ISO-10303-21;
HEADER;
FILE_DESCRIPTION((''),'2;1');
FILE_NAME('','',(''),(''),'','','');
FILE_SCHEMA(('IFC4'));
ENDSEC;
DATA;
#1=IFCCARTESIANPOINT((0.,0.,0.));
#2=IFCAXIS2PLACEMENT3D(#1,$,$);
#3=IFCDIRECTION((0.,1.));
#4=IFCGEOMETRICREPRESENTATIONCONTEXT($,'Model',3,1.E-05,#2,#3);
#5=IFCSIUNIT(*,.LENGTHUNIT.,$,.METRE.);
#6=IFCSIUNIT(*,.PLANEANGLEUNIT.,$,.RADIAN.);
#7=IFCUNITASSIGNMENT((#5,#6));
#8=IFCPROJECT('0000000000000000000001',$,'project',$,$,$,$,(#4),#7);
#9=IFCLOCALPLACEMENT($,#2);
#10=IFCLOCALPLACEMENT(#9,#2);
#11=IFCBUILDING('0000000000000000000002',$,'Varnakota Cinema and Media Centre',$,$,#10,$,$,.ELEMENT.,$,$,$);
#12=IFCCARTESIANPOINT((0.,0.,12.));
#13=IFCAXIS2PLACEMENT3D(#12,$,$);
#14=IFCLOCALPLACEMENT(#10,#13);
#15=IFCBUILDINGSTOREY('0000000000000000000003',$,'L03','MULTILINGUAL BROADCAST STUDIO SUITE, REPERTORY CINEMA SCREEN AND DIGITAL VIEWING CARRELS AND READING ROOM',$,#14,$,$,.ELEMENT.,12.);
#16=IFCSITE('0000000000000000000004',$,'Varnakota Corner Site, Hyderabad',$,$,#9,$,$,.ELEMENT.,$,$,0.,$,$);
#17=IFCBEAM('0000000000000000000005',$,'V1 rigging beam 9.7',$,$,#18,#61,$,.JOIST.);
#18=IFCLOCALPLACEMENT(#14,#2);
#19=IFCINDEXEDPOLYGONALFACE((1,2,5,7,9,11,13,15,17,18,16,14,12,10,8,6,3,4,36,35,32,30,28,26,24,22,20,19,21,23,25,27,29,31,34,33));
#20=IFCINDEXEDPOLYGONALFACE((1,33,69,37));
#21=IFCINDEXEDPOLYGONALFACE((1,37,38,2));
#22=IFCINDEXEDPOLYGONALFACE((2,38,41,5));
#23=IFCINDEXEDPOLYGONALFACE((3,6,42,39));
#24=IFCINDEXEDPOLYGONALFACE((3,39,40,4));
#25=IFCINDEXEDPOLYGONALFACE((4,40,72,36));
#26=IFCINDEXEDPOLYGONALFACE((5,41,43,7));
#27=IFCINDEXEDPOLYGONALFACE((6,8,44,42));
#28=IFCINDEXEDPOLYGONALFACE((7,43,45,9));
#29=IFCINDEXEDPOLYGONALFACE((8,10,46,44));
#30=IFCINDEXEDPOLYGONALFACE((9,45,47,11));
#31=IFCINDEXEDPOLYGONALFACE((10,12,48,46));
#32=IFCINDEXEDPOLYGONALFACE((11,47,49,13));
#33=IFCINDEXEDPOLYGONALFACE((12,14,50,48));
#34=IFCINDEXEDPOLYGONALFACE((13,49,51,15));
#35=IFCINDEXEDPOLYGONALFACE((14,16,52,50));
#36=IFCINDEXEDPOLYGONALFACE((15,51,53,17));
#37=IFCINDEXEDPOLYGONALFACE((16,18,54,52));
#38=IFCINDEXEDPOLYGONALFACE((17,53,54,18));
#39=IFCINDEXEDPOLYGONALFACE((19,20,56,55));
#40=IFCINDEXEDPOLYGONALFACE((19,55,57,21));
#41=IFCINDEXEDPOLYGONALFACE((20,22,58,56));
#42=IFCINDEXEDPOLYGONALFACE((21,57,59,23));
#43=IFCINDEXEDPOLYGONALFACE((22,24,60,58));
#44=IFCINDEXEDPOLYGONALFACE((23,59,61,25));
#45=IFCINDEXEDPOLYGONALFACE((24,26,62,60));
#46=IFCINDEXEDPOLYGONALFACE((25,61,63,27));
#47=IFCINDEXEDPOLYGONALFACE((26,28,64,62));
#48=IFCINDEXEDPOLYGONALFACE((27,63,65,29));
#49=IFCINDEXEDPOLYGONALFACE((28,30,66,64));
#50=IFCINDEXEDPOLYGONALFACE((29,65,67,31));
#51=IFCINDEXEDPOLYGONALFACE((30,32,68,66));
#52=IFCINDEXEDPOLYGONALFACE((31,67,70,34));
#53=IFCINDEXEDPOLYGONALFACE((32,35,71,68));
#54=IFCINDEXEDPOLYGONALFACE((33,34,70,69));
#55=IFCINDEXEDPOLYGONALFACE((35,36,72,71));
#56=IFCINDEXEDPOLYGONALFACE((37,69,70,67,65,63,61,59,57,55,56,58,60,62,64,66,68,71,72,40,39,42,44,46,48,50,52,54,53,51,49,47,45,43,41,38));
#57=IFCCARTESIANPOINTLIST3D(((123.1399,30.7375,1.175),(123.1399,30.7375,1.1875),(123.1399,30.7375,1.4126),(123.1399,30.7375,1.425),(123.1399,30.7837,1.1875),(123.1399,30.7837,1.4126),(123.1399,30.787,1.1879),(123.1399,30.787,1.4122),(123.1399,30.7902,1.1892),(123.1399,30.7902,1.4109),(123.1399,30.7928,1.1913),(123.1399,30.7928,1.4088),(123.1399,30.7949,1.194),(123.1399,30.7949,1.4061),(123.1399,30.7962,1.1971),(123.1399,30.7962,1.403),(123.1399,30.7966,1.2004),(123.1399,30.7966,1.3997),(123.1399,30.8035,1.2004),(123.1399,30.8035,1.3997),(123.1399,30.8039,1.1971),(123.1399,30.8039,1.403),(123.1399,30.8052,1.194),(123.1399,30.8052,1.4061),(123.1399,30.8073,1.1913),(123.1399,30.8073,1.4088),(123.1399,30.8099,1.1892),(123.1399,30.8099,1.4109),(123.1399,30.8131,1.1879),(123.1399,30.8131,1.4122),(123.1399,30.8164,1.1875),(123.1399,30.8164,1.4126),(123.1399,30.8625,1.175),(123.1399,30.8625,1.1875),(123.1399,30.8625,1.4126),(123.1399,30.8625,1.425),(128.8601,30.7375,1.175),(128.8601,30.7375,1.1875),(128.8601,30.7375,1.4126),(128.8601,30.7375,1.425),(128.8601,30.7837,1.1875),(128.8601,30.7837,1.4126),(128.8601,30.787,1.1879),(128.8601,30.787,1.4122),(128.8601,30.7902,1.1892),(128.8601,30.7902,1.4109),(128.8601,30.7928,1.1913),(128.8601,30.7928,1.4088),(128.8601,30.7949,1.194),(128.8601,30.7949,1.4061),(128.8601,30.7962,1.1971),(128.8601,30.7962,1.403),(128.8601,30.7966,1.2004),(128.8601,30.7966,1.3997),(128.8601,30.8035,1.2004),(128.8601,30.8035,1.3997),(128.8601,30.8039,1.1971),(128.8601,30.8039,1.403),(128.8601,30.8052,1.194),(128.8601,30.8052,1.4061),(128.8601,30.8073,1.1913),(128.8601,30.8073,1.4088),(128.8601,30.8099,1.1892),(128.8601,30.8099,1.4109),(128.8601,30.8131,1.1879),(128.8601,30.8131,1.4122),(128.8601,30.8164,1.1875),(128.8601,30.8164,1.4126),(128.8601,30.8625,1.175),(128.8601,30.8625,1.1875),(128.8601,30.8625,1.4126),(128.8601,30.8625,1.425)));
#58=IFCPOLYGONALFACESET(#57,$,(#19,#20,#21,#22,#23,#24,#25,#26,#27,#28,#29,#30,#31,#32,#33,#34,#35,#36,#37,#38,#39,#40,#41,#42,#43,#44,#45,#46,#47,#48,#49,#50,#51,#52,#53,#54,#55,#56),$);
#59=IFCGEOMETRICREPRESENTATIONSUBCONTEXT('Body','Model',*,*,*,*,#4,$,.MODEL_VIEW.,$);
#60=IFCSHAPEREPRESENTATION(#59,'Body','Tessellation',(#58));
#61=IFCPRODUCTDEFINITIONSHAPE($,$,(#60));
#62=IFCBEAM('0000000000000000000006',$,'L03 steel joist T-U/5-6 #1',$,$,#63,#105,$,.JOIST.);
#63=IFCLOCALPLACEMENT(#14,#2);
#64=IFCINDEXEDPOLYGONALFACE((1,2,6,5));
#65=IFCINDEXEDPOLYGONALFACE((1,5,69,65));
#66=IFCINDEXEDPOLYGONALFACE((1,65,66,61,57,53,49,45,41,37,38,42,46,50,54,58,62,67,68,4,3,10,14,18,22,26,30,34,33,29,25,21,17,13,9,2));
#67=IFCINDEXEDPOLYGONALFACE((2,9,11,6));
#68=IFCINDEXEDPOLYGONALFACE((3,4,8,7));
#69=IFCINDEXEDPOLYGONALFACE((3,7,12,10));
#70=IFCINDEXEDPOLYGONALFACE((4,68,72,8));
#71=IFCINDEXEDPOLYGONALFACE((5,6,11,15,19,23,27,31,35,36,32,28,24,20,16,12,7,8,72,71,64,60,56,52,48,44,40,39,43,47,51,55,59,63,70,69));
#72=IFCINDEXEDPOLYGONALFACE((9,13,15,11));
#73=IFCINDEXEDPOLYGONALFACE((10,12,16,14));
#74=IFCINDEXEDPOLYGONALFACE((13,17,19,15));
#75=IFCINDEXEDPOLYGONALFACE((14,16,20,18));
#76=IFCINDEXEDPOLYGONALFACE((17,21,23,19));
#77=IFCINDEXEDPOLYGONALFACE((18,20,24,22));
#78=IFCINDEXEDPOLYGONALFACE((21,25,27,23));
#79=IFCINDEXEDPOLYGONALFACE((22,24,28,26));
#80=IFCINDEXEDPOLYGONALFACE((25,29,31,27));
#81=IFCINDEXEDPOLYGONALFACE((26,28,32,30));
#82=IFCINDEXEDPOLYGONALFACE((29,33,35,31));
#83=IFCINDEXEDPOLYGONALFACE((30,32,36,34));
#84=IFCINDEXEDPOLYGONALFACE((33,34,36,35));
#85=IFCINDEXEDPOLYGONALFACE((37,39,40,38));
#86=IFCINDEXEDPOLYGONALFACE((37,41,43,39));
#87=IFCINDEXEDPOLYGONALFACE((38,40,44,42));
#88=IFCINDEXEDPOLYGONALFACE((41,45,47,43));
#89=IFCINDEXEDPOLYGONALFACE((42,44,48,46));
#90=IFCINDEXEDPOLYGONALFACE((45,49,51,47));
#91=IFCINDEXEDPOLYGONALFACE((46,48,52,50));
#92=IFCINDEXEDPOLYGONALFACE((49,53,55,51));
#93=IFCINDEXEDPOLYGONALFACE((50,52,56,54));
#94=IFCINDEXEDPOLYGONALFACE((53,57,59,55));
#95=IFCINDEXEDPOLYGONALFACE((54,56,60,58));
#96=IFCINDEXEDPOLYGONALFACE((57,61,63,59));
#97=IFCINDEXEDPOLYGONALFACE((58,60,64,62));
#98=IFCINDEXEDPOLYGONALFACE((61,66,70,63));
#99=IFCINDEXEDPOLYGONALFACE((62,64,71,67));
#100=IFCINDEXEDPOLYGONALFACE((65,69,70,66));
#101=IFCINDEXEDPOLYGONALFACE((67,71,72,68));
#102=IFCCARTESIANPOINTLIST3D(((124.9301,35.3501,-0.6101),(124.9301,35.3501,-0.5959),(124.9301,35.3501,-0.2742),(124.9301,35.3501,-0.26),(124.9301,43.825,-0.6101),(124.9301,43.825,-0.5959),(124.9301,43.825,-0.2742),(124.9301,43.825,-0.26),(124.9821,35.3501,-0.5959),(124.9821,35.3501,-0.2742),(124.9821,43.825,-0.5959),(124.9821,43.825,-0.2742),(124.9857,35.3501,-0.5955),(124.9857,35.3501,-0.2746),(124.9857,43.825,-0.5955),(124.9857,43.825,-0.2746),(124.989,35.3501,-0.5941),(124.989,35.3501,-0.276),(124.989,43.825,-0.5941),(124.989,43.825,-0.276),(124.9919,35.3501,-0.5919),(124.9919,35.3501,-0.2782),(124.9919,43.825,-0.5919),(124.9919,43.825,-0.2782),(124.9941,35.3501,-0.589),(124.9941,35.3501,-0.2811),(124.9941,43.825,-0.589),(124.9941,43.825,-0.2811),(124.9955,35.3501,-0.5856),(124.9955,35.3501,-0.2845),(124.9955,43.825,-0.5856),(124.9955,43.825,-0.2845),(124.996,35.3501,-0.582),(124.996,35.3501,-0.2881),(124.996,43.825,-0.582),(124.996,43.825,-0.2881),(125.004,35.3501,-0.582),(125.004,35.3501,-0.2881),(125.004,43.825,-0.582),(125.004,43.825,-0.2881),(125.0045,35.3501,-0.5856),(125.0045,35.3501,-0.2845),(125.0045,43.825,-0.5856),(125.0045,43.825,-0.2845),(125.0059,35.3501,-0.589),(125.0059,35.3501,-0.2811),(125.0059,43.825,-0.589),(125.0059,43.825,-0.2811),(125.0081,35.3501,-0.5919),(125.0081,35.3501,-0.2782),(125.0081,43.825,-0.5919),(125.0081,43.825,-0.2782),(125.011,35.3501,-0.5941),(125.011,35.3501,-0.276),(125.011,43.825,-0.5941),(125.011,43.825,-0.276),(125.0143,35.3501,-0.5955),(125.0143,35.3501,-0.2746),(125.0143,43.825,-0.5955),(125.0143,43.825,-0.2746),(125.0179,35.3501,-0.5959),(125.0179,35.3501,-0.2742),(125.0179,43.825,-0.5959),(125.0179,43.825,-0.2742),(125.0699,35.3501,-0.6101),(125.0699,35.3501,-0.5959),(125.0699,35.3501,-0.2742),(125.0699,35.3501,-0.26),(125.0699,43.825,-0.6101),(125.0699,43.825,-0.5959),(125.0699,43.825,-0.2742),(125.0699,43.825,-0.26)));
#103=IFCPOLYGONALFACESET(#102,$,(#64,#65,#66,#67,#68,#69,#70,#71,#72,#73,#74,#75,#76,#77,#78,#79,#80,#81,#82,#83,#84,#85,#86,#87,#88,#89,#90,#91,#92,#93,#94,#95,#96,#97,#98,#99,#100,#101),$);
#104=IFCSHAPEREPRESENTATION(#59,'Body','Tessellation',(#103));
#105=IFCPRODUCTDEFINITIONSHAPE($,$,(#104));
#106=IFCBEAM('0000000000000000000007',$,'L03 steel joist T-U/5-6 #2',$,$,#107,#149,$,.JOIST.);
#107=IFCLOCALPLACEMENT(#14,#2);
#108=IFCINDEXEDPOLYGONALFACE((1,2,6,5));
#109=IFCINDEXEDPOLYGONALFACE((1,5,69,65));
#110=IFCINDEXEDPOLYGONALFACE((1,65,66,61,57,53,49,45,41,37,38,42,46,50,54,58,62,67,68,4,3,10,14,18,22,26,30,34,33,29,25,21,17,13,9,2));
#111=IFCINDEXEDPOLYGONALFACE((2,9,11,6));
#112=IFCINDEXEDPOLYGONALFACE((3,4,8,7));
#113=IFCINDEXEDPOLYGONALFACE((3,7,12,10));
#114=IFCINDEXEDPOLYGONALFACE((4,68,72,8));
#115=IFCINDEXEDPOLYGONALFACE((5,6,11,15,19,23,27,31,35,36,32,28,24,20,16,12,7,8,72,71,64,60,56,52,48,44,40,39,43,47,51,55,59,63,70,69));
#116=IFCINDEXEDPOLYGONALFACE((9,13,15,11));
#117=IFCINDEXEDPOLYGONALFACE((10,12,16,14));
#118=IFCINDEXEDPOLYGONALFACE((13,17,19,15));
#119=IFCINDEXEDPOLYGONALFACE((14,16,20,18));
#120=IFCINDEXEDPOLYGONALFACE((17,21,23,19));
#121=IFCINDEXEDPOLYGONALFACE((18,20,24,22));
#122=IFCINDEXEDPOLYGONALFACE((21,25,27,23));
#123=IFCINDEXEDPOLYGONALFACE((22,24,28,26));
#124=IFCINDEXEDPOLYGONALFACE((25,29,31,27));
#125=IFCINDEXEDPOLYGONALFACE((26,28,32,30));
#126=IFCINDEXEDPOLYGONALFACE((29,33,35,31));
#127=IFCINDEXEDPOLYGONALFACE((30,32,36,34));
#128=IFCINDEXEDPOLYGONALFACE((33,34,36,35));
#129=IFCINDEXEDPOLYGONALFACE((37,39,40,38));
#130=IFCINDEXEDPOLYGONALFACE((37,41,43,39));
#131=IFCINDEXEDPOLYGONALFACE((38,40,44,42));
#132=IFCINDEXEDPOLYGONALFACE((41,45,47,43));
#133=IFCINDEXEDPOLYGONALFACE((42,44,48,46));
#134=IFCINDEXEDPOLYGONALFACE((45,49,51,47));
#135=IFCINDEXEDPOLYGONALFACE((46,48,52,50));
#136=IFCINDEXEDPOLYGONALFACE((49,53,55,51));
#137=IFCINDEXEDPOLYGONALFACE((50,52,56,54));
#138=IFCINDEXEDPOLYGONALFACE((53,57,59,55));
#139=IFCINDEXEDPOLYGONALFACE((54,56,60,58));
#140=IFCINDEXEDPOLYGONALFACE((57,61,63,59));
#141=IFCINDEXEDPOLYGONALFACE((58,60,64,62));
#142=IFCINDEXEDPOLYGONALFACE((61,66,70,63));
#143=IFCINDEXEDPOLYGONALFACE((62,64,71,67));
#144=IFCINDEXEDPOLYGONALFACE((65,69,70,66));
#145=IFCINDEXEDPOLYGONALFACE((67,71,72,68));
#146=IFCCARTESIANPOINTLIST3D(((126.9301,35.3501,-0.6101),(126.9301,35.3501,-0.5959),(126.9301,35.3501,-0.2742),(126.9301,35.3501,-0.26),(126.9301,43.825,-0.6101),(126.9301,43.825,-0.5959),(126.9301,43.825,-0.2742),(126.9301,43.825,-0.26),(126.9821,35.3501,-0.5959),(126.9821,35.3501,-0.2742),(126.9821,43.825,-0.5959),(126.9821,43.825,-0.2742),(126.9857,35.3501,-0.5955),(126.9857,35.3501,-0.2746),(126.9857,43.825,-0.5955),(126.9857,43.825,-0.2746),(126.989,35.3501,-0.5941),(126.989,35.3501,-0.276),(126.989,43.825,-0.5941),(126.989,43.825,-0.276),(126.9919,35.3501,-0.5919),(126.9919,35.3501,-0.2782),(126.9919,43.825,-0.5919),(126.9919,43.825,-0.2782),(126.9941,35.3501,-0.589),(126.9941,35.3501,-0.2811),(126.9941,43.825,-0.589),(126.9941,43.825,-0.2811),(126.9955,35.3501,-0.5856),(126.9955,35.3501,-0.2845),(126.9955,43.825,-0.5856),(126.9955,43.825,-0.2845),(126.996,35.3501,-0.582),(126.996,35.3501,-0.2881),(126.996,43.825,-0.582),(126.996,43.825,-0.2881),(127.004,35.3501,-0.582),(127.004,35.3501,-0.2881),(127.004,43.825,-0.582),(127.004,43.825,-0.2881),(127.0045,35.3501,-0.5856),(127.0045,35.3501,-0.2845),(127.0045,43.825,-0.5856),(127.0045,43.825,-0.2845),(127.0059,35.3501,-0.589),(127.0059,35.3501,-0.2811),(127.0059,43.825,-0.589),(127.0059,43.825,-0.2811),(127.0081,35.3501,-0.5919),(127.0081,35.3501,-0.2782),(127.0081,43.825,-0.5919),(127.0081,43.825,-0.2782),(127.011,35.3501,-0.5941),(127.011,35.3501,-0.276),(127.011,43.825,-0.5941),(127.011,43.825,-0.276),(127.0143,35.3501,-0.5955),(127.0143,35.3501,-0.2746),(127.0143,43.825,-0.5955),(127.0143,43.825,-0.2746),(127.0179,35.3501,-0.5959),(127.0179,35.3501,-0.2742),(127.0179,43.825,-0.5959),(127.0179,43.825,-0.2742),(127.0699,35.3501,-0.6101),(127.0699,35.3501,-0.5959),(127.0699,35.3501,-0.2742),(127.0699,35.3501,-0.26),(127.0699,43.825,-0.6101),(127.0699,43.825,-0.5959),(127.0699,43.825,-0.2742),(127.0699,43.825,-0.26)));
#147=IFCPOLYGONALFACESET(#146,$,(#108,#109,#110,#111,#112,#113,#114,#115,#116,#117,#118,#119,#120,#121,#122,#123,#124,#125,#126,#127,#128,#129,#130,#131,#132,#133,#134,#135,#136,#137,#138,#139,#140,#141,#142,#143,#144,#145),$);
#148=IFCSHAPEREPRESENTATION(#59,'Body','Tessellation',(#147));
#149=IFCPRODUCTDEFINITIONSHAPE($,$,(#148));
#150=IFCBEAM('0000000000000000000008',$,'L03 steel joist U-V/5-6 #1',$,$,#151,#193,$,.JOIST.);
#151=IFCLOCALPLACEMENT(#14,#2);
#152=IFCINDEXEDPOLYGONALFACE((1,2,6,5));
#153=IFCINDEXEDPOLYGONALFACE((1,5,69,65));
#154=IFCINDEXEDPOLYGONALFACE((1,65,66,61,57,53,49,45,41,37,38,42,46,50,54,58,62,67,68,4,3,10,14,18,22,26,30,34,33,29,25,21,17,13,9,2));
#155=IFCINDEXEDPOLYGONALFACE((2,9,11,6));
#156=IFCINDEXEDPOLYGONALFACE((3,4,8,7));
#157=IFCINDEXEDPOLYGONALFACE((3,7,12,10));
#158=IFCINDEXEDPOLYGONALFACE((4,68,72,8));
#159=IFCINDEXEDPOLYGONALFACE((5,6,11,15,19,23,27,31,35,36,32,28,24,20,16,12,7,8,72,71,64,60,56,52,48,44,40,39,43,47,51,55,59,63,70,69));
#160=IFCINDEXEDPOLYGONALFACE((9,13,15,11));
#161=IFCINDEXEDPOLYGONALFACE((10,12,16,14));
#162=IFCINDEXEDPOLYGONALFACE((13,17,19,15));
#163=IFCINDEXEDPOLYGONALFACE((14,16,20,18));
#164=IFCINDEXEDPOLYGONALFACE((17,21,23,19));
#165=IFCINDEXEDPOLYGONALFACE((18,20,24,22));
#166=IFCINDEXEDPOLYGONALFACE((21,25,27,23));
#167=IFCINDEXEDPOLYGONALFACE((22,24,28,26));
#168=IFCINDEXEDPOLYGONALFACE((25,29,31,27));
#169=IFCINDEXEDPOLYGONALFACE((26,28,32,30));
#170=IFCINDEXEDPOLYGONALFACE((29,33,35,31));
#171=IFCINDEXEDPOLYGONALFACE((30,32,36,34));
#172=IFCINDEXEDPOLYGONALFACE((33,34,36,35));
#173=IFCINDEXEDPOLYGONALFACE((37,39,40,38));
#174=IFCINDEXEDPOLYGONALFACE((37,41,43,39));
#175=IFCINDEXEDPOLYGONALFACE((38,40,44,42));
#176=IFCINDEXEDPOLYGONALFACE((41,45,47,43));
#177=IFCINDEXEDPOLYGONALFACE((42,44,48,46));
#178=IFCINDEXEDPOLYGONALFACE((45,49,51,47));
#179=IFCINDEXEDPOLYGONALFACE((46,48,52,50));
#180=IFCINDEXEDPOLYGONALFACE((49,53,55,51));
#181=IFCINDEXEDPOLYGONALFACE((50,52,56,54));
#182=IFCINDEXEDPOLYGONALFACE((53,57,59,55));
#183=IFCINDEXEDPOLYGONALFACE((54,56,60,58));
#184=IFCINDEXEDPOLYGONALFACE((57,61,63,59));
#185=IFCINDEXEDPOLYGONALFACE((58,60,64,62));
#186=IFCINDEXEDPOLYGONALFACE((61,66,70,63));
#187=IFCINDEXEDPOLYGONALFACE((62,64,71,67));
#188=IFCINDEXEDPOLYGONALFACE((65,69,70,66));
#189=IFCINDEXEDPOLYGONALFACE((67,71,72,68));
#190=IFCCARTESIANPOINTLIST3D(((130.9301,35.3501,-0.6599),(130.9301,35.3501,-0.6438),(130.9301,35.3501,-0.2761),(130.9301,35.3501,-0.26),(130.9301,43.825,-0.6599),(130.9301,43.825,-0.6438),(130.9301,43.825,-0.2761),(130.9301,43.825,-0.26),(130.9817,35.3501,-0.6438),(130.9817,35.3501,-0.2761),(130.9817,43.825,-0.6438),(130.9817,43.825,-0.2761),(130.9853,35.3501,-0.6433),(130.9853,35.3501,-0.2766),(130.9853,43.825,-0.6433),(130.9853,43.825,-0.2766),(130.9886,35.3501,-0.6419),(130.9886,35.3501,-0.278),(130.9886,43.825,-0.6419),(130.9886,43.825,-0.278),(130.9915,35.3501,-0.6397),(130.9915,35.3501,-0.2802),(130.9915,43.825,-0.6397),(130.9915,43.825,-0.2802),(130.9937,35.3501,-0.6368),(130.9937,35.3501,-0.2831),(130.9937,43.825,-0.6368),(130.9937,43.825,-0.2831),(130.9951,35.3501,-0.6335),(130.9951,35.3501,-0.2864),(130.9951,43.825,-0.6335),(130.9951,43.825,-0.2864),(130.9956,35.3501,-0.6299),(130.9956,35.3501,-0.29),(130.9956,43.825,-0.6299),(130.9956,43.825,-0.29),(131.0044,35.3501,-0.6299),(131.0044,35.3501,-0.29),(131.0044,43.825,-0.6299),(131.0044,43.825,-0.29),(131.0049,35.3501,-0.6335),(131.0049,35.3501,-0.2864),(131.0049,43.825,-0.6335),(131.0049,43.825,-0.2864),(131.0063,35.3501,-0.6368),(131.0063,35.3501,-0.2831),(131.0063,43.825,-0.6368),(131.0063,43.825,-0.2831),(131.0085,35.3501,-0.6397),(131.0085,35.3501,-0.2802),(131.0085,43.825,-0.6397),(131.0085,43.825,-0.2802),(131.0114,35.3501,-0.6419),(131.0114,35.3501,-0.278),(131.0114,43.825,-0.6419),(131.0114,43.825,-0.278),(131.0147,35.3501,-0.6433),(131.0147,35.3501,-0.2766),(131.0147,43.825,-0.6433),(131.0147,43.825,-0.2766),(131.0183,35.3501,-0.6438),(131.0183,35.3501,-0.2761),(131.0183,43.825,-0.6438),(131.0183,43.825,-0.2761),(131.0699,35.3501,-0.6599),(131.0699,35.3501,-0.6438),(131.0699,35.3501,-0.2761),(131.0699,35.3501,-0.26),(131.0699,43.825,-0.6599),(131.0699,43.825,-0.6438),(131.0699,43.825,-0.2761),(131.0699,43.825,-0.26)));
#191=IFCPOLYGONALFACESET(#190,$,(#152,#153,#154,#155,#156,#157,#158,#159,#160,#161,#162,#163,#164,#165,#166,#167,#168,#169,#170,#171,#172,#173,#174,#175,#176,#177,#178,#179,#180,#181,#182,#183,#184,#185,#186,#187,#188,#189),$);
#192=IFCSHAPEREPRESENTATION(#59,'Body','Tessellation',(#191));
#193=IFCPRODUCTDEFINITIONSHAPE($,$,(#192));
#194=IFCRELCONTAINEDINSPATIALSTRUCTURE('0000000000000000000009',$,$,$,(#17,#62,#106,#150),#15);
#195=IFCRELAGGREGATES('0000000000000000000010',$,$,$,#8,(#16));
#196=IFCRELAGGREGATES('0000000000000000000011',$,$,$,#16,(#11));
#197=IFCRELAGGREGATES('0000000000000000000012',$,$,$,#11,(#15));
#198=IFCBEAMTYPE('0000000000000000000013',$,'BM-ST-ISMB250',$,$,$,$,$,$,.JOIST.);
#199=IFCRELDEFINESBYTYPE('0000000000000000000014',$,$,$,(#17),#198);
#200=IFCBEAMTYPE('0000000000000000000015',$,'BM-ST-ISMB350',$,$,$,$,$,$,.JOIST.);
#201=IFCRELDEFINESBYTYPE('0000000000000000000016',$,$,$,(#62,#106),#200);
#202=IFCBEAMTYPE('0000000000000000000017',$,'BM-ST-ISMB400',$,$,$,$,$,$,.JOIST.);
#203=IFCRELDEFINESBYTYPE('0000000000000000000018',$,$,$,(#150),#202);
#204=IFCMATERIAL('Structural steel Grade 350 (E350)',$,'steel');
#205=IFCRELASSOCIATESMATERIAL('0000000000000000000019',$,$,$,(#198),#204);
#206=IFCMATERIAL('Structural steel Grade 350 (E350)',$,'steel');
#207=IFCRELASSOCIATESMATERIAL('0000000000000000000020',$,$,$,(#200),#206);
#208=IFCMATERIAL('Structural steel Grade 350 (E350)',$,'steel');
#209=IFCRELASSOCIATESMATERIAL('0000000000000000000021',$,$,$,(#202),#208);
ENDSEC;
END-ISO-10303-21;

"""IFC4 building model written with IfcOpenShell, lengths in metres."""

from ifc_helpers import new_model, si_unit, direction, frame, origin, origin_2d, place, context, subcontext, project, spatial, i_section, extrude, material, material_profile, profile_set, type_object, element, save


model = new_model("IFC4")

# Units and contexts
model_context = context("Model", 3, precision=1e-05, world=origin(), true_north=direction((0.0, 1.0)))
body_context = subcontext(model_context, "Body", "Model", "MODEL_VIEW")
ifc_project = project(units=[si_unit("LENGTHUNIT", "METRE"), si_unit("PLANEANGLEUNIT", "RADIAN")], contexts=[model_context])

# Site, building, storey
site_placement = place(None, origin())
site = spatial("IfcSite", under=ifc_project, at=site_placement, Name="Varnakota Corner Site, Hyderabad", CompositionType="ELEMENT", RefElevation=0.0)
building_placement = place(site_placement, origin())
building = spatial("IfcBuilding", under=site, at=building_placement, Name="Varnakota Cinema and Media Centre", CompositionType="ELEMENT")
storey_placement = place(building_placement, frame((0.0, 0.0, 12.0)))
storey = spatial("IfcBuildingStorey", under=building, at=storey_placement, Name="L03", Description="MULTILINGUAL BROADCAST STUDIO SUITE, REPERTORY CINEMA SCREEN AND DIGITAL VIEWING CARRELS AND READING ROOM", CompositionType="ELEMENT", Elevation=12.0)

# Beams
ifc_material_1 = material(Name="Structural steel Grade 350 (E350)", Category="steel")
ifc_material_profile_1 = material_profile(ifc_material_1, i_section(OverallWidth=0.125, OverallDepth=0.25, WebThickness=0.0068, FlangeThickness=0.0125, FilletRadius=0.0129, at=origin_2d()), Name="ISMB 250")
ifc_profile_set_1 = profile_set([ifc_material_profile_1], Name="Structural steel Grade 350 (E350)")
beam_type_1 = type_object("IfcBeamType", Name="BM-ST-ISMB250", PredefinedType="JOIST", material=ifc_profile_set_1)
beam_1_placement = place(storey_placement, frame((123.1399, 30.8, 1.3), z_axis=(1.0, 0.0, 0.0), x_axis=(0.0, 1.0, 0.0)))
element("IfcBeam", 1, at=beam_1_placement, inside=storey, type_object=beam_type_1, Name="V1 rigging beam 9.7", PredefinedType="JOIST", context=body_context, shape_type="SweptSolid", body=[
    extrude(i_section(OverallWidth=0.125, OverallDepth=0.25, WebThickness=0.0068, FlangeThickness=0.0125, FilletRadius=0.0129, at=origin_2d()), origin(), (0.0, 0.0, 1.0), 5.7202),
])
ifc_material_2 = material(Name="Structural steel Grade 350 (E350)", Category="steel")
ifc_material_profile_2 = material_profile(ifc_material_2, i_section(OverallWidth=0.1399, OverallDepth=0.3501, WebThickness=0.0081, FlangeThickness=0.0142, FilletRadius=0.0139, at=origin_2d()), Name="ISMB 350")
ifc_profile_set_2 = profile_set([ifc_material_profile_2], Name="Structural steel Grade 350 (E350)")
beam_type_2 = type_object("IfcBeamType", Name="BM-ST-ISMB350", PredefinedType="JOIST", material=ifc_profile_set_2)
for number, where, z_axis, x_axis, name in (
    (2, (125.0, 35.3501, -0.4351), (0.0, 1.0, 0.0), (-1.0, 0.0, 0.0), "L03 steel joist T-U/5-6 #1"),
    (3, (127.0, 35.3501, -0.4351), (0.0, 1.0, 0.0), (-1.0, 0.0, 0.0), "L03 steel joist T-U/5-6 #2"),
):
    element("IfcBeam", number, at=place(storey_placement, frame(where, z_axis=z_axis, x_axis=x_axis)), inside=storey, type_object=beam_type_2, Name=name, PredefinedType="JOIST", context=body_context, shape_type="SweptSolid", body=[
        extrude(i_section(OverallWidth=0.1399, OverallDepth=0.3501, WebThickness=0.0081, FlangeThickness=0.0142, FilletRadius=0.0139, at=origin_2d()), origin(), (0.0, 0.0, 1.0), 8.4749),
    ])
ifc_material_3 = material(Name="Structural steel Grade 350 (E350)", Category="steel")
ifc_material_profile_3 = material_profile(ifc_material_3, i_section(OverallWidth=0.1399, OverallDepth=0.3999, WebThickness=0.0088, FlangeThickness=0.0161, FilletRadius=0.0139, at=origin_2d()), Name="ISMB 400")
ifc_profile_set_3 = profile_set([ifc_material_profile_3], Name="Structural steel Grade 350 (E350)")
beam_type_3 = type_object("IfcBeamType", Name="BM-ST-ISMB400", PredefinedType="JOIST", material=ifc_profile_set_3)
for number, where, z_axis, x_axis, name in (
    (4, (131.0, 35.3501, -0.46), (0.0, 1.0, 0.0), (-1.0, 0.0, 0.0), "L03 steel joist U-V/5-6 #1"),
):
    element("IfcBeam", number, at=place(storey_placement, frame(where, z_axis=z_axis, x_axis=x_axis)), inside=storey, type_object=beam_type_3, Name=name, PredefinedType="JOIST", context=body_context, shape_type="SweptSolid", body=[
        extrude(i_section(OverallWidth=0.1399, OverallDepth=0.3999, WebThickness=0.0088, FlangeThickness=0.0161, FilletRadius=0.0139, at=origin_2d()), origin(), (0.0, 0.0, 1.0), 8.4749),
    ])

save(model, "model.ifc")
